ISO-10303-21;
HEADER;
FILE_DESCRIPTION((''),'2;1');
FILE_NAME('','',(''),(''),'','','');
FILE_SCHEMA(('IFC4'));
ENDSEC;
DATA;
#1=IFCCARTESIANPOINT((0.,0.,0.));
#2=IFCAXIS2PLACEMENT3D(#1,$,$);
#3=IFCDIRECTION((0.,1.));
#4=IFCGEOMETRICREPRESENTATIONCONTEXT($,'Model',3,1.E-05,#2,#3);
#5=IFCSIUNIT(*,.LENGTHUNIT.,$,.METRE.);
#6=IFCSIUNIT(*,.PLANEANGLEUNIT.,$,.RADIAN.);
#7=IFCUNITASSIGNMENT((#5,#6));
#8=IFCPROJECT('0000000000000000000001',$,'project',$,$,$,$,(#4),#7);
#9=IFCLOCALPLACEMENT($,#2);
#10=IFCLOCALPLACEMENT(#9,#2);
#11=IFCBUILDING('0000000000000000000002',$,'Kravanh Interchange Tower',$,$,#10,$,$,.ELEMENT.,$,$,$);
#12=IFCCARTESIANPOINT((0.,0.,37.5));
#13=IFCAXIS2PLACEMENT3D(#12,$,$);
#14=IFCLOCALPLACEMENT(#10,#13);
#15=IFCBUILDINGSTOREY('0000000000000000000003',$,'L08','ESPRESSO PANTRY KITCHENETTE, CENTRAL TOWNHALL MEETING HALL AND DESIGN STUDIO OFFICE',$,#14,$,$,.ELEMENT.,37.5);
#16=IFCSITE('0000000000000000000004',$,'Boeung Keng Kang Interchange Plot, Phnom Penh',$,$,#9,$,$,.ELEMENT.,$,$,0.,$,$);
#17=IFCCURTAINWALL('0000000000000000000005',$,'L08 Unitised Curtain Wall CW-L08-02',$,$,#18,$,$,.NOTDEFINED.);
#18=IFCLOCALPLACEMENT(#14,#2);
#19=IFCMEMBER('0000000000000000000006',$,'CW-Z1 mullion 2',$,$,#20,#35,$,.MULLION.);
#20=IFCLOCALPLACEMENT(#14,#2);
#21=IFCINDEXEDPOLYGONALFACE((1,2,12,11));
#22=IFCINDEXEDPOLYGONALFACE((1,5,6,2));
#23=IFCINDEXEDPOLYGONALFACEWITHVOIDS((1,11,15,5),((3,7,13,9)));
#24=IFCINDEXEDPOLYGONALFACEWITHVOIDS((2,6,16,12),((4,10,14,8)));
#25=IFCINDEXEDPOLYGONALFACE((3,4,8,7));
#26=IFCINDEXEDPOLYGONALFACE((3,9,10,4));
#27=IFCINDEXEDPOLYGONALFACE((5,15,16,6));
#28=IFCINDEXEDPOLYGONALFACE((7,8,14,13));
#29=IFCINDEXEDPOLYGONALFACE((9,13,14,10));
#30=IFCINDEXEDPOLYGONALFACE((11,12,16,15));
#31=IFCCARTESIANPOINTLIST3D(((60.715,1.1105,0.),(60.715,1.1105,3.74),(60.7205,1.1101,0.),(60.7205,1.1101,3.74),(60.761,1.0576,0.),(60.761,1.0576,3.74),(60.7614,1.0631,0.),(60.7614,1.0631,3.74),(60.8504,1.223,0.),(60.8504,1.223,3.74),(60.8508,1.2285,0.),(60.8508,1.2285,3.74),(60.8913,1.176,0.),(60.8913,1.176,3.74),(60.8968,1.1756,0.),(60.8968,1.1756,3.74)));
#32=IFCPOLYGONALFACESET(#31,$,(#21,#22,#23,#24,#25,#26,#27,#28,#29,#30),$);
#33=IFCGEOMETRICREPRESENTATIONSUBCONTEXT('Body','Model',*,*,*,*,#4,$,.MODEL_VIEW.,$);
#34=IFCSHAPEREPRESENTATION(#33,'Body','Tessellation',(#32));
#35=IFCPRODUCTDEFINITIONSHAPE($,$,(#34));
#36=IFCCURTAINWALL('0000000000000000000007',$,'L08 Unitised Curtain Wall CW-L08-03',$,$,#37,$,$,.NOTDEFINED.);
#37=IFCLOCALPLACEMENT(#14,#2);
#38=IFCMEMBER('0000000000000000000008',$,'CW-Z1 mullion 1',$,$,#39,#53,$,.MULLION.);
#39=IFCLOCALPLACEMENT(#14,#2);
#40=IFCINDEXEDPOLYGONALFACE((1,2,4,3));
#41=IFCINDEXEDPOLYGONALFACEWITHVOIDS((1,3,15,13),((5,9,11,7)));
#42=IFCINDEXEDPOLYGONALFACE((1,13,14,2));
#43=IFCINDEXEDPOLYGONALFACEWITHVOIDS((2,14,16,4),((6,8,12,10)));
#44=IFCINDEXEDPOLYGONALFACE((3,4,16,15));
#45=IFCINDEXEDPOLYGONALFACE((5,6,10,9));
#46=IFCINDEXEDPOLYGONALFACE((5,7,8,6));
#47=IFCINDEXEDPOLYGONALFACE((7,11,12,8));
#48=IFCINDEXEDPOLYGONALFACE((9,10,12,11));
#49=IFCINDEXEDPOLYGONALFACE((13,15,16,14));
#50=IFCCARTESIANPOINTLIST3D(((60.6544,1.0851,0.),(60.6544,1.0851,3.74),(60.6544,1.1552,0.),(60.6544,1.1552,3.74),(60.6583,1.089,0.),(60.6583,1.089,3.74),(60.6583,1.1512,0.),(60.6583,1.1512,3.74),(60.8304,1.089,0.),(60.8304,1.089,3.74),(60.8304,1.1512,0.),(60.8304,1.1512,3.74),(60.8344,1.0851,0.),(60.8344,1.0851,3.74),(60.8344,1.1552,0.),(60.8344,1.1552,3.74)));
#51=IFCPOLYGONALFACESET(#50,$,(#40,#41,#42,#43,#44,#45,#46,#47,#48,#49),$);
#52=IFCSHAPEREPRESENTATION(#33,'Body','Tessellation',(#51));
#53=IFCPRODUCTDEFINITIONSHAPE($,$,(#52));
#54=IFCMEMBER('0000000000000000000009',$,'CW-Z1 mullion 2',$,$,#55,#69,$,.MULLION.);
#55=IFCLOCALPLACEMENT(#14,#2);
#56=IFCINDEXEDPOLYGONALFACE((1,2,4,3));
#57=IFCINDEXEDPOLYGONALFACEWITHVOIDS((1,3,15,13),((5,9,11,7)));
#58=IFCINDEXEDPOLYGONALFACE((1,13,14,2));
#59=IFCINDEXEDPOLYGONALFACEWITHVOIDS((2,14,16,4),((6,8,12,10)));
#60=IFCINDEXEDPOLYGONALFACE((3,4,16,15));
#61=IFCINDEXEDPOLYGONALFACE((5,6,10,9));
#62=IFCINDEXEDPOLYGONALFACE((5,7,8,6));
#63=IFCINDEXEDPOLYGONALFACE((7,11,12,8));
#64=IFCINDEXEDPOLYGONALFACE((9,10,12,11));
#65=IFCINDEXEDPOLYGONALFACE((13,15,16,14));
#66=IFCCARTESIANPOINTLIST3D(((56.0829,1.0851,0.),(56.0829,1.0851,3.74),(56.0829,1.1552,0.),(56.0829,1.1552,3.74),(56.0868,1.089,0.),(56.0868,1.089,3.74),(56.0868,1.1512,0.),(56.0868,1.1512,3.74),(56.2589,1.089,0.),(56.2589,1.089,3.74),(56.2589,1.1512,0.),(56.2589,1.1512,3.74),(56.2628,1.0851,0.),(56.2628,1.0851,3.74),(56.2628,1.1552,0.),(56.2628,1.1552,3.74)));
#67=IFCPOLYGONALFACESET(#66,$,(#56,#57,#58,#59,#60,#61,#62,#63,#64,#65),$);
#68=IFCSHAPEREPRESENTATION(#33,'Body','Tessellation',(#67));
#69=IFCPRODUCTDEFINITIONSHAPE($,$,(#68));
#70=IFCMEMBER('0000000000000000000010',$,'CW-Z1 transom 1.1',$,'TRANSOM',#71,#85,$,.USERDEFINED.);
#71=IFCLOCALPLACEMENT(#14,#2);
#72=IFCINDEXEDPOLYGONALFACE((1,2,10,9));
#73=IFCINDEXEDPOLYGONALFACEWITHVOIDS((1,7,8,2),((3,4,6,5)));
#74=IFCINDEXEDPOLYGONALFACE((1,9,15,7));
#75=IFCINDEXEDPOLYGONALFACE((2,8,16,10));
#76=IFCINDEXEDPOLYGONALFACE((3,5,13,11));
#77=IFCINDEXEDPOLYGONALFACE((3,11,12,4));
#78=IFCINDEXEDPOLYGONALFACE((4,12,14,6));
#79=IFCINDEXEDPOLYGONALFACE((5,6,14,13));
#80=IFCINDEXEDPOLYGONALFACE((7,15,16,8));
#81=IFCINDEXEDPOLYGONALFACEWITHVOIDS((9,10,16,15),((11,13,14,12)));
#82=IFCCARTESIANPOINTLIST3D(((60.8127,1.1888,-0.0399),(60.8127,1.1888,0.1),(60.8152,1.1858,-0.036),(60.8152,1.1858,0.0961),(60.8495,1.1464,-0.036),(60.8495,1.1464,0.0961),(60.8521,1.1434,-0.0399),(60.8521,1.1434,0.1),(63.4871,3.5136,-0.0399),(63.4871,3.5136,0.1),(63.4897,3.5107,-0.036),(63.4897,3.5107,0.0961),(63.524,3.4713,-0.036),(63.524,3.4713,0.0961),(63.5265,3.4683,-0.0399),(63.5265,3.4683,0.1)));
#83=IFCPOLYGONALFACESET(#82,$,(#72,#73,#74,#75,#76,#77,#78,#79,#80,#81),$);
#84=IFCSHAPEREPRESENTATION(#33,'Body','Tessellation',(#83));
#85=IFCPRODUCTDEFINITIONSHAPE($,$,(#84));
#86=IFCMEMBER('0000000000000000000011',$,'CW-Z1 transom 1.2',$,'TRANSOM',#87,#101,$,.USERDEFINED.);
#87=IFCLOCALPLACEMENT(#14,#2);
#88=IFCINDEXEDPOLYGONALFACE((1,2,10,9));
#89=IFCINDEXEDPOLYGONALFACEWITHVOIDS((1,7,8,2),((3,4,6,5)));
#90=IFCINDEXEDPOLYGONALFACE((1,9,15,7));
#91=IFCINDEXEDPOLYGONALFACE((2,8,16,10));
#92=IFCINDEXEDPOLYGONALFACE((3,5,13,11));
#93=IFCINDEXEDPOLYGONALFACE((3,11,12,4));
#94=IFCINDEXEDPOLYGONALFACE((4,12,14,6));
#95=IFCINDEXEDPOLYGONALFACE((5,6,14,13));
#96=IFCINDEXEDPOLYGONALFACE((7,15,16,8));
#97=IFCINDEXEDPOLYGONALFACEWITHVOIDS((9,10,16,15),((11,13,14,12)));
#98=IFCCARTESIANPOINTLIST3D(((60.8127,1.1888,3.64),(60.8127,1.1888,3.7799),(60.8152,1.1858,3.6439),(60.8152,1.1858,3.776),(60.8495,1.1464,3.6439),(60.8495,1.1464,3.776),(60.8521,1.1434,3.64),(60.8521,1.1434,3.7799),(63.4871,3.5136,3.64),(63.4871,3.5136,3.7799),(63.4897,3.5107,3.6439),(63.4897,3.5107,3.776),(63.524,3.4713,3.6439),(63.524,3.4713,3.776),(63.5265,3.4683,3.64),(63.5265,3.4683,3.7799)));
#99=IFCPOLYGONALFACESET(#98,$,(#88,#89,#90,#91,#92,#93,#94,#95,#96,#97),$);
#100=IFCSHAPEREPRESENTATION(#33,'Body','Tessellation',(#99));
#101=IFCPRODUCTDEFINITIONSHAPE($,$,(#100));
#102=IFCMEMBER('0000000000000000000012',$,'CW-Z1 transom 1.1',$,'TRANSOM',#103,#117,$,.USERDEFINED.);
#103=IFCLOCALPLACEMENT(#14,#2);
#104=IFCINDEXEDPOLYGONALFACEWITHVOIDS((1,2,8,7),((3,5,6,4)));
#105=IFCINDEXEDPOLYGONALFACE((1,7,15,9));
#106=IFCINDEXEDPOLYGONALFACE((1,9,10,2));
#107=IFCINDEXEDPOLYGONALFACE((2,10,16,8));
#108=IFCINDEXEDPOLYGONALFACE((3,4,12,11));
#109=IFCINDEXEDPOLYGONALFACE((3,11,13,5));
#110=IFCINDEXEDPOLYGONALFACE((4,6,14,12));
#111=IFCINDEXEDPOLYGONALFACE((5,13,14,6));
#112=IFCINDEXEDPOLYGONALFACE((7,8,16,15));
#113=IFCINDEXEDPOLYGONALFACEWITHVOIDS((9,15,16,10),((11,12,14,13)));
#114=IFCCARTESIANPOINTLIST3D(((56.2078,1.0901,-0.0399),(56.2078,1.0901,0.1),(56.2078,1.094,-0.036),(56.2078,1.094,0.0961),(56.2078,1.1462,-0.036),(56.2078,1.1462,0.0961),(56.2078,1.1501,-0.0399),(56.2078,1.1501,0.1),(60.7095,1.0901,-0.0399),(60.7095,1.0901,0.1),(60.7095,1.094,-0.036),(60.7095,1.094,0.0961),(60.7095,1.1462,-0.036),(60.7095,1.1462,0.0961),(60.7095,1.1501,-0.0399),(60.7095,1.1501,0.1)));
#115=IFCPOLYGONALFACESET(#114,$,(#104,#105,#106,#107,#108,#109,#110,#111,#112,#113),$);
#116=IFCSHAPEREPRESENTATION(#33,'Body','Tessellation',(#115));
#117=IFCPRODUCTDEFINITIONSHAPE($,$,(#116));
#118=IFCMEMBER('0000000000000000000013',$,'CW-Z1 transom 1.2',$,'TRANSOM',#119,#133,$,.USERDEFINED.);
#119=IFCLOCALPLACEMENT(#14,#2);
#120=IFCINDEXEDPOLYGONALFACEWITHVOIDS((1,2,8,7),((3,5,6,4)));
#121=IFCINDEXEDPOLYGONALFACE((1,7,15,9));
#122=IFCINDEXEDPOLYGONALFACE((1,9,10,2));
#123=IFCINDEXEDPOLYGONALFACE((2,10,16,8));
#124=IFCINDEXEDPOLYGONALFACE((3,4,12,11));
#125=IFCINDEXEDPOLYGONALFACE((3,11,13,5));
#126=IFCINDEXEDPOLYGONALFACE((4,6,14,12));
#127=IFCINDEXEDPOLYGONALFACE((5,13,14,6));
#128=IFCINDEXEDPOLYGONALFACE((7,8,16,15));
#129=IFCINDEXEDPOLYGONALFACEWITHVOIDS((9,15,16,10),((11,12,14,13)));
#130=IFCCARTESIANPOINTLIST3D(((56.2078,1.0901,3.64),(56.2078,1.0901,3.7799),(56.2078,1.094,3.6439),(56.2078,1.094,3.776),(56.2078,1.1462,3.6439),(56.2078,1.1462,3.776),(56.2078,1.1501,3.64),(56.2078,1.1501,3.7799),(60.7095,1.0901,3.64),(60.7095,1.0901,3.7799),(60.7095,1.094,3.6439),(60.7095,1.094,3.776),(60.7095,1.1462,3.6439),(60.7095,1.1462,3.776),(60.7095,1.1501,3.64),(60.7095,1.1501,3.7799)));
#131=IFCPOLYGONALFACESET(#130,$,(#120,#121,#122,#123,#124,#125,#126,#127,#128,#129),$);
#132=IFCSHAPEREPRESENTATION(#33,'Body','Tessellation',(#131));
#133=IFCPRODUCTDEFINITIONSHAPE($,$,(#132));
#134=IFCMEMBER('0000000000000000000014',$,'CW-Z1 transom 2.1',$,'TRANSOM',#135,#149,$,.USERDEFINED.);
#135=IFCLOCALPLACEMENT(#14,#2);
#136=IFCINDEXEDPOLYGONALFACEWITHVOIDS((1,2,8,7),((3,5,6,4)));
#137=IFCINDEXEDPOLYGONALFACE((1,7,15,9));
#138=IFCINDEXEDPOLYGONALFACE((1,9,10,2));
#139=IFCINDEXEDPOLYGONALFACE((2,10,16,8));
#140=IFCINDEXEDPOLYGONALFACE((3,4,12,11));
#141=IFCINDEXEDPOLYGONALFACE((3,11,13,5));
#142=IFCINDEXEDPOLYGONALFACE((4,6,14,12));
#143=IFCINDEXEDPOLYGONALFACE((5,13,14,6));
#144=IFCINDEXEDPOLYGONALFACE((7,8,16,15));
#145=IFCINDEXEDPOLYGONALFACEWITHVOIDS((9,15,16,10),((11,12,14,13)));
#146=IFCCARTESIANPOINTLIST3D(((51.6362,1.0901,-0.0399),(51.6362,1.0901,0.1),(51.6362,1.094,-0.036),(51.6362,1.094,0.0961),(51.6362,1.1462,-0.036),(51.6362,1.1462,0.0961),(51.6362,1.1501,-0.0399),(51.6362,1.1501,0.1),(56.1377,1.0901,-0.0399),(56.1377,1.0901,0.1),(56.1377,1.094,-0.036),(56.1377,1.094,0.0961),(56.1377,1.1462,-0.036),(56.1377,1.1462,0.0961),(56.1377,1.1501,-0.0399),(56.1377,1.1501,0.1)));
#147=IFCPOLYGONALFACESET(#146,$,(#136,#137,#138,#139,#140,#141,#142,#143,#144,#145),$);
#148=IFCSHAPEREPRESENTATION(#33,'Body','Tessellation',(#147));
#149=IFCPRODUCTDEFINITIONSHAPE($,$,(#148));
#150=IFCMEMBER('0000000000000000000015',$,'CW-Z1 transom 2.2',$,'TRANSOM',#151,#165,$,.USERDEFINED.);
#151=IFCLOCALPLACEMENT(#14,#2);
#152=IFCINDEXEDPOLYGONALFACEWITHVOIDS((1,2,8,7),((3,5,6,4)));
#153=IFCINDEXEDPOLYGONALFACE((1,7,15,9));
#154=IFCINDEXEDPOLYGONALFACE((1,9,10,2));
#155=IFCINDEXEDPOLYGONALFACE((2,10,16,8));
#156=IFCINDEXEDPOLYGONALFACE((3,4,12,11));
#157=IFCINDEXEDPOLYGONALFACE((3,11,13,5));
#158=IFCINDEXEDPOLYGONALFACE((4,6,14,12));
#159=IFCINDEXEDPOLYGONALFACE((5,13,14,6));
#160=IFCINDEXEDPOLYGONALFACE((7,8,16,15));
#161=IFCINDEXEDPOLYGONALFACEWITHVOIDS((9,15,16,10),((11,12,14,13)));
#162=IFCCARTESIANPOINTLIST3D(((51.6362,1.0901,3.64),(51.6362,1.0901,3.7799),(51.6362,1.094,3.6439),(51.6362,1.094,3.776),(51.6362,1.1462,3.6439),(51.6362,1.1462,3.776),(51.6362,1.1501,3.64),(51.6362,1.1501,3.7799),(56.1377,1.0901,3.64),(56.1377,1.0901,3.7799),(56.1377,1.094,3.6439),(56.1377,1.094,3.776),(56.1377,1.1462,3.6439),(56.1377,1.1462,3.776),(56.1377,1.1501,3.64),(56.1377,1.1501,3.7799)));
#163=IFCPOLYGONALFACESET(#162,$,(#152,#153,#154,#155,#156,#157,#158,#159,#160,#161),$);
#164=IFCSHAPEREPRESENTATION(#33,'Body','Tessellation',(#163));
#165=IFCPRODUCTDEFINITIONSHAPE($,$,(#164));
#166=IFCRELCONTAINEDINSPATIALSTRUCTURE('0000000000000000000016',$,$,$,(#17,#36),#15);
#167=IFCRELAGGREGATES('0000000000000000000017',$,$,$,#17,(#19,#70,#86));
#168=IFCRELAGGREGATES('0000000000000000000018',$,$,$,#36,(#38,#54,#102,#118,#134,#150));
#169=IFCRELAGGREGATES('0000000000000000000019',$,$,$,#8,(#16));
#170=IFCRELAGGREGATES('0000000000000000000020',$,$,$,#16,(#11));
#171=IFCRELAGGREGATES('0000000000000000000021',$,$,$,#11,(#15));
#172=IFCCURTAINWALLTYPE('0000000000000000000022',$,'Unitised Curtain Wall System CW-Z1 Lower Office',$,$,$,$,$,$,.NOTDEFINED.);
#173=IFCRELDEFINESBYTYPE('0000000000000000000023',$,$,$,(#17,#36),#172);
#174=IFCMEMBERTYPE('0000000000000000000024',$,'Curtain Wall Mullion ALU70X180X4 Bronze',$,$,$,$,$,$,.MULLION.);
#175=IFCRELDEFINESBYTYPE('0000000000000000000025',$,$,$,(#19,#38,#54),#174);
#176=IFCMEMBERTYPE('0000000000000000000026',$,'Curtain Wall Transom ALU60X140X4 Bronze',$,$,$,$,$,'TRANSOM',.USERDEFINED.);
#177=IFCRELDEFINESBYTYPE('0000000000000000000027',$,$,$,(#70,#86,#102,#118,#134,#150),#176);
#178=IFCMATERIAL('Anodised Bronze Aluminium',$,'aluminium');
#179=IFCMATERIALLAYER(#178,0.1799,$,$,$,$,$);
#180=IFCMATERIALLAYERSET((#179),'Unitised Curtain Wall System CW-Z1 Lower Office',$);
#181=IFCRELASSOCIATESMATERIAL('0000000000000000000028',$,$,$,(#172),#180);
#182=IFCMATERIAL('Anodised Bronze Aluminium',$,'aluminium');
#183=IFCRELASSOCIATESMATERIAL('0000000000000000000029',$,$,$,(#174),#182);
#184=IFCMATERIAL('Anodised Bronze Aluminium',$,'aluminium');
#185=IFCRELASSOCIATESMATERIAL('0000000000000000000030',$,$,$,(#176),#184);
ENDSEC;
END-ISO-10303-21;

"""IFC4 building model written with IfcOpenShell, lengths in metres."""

from ifc_helpers import new_model, si_unit, direction, frame, origin, origin_2d, place, context, subcontext, project, spatial, hollow_rectangle, extrude, material, layer, layer_set, material_profile, profile_set, type_object, element, aggregate, save


model = new_model("IFC4")

# Units and contexts
model_context = context("Model", 3, precision=1e-05, world=origin(), true_north=direction((0.0, 1.0)))
body_context = subcontext(model_context, "Body", "Model", "MODEL_VIEW")
ifc_project = project(units=[si_unit("LENGTHUNIT", "METRE"), si_unit("PLANEANGLEUNIT", "RADIAN")], contexts=[model_context])

# Site, building, storey
site_placement = place(None, origin())
site = spatial("IfcSite", under=ifc_project, at=site_placement, Name="Boeung Keng Kang Interchange Plot, Phnom Penh", CompositionType="ELEMENT", RefElevation=0.0)
building_placement = place(site_placement, origin())
building = spatial("IfcBuilding", under=site, at=building_placement, Name="Kravanh Interchange Tower", CompositionType="ELEMENT")
storey_placement = place(building_placement, frame((0.0, 0.0, 37.5)))
storey = spatial("IfcBuildingStorey", under=building, at=storey_placement, Name="L08", Description="ESPRESSO PANTRY KITCHENETTE, CENTRAL TOWNHALL MEETING HALL AND DESIGN STUDIO OFFICE", CompositionType="ELEMENT", Elevation=37.5)

# Curtain walls, members
ifc_material_1 = material(Name="Anodised Bronze Aluminium", Category="aluminium")
ifc_layer_1 = layer(ifc_material_1, 0.1799)
ifc_layer_set_1 = layer_set([ifc_layer_1], Name="Unitised Curtain Wall System CW-Z1 Lower Office")
curtain_wall_type = type_object("IfcCurtainWallType", Name="Unitised Curtain Wall System CW-Z1 Lower Office", PredefinedType="NOTDEFINED", material=ifc_layer_set_1)
curtain_wall_1_placement = place(storey_placement, origin())
curtain_wall_1 = element("IfcCurtainWall", 1, at=curtain_wall_1_placement, inside=storey, type_object=curtain_wall_type, Name="L08 Unitised Curtain Wall CW-L08-02", PredefinedType="NOTDEFINED")
ifc_material_2 = material(Name="Anodised Bronze Aluminium", Category="aluminium")
ifc_material_profile_1 = material_profile(ifc_material_2, hollow_rectangle(XDim=0.0701, YDim=0.1799, WallThickness=0.0039, at=origin_2d()), Name="ALU70X180X4")
ifc_profile_set_1 = profile_set([ifc_material_profile_1], Name="Anodised Bronze Aluminium")
member_type_1 = type_object("IfcMemberType", Name="Curtain Wall Mullion ALU70X180X4 Bronze", PredefinedType="MULLION", material=ifc_profile_set_1)
member_1_placement = place(storey_placement, frame((60.8059, 1.1431, 0.0), z_axis=(0.0, 0.0, 1.0), x_axis=(0.65606, -0.754708, 0.0)))
member_1 = element("IfcMember", 2, at=member_1_placement, type_object=member_type_1, Name="CW-Z1 mullion 2", PredefinedType="MULLION", context=body_context, shape_type="SweptSolid", body=[
    extrude(hollow_rectangle(XDim=0.0701, YDim=0.1799, WallThickness=0.0039, at=origin_2d()), origin(), (0.0, 0.0, 1.0), 3.74),
])
curtain_wall_2_placement = place(storey_placement, origin())
curtain_wall_2 = element("IfcCurtainWall", 3, at=curtain_wall_2_placement, inside=storey, type_object=curtain_wall_type, Name="L08 Unitised Curtain Wall CW-L08-03", PredefinedType="NOTDEFINED")
member_2_placement = place(storey_placement, frame((60.7444, 1.1201, 0.0), z_axis=(0.0, 0.0, 1.0), x_axis=(0.0, -1.0, 0.0)))
member_2 = element("IfcMember", 4, at=member_2_placement, type_object=member_type_1, Name="CW-Z1 mullion 1", PredefinedType="MULLION", context=body_context, shape_type="SweptSolid", body=[
    extrude(hollow_rectangle(XDim=0.0701, YDim=0.1799, WallThickness=0.0039, at=origin_2d()), origin(), (0.0, 0.0, 1.0), 3.74),
])
member_3_placement = place(storey_placement, frame((56.1729, 1.1201, 0.0), z_axis=(0.0, 0.0, 1.0), x_axis=(0.0, -1.0, 0.0)))
member_3 = element("IfcMember", 5, at=member_3_placement, type_object=member_type_1, Name="CW-Z1 mullion 2", PredefinedType="MULLION", context=body_context, shape_type="SweptSolid", body=[
    extrude(hollow_rectangle(XDim=0.0701, YDim=0.1799, WallThickness=0.0039, at=origin_2d()), origin(), (0.0, 0.0, 1.0), 3.74),
])

# Members
ifc_material_3 = material(Name="Anodised Bronze Aluminium", Category="aluminium")
ifc_material_profile_2 = material_profile(ifc_material_3, hollow_rectangle(XDim=0.0601, YDim=0.1399, WallThickness=0.0039, at=origin_2d()), Name="ALU60X140X4")
ifc_profile_set_2 = profile_set([ifc_material_profile_2], Name="Anodised Bronze Aluminium")
member_type_2 = type_object("IfcMemberType", Name="Curtain Wall Transom ALU60X140X4 Bronze", ElementType="TRANSOM", PredefinedType="USERDEFINED", material=ifc_profile_set_2)
member_4_placement = place(storey_placement, frame((63.5068, 3.491, 0.03), z_axis=(-0.754711, -0.656058, 0.0), x_axis=(0.656058, -0.754711, 0.0)))
member_4 = element("IfcMember", 6, at=member_4_placement, type_object=member_type_2, Name="CW-Z1 transom 1.1", ObjectType="TRANSOM", PredefinedType="USERDEFINED", context=body_context, shape_type="SweptSolid", body=[
    extrude(hollow_rectangle(XDim=0.0601, YDim=0.1399, WallThickness=0.0039, at=origin_2d()), origin(), (0.0, 0.0, 1.0), 3.5437),
])
member_5_placement = place(storey_placement, frame((63.5068, 3.491, 3.71), z_axis=(-0.754711, -0.656058, 0.0), x_axis=(0.656058, -0.754711, 0.0)))
member_5 = element("IfcMember", 7, at=member_5_placement, type_object=member_type_2, Name="CW-Z1 transom 1.2", ObjectType="TRANSOM", PredefinedType="USERDEFINED", context=body_context, shape_type="SweptSolid", body=[
    extrude(hollow_rectangle(XDim=0.0601, YDim=0.1399, WallThickness=0.0039, at=origin_2d()), origin(), (0.0, 0.0, 1.0), 3.5437),
])
member_6_placement = place(storey_placement, frame((60.7095, 1.1201, 0.03), z_axis=(-1.0, 0.0, 0.0), x_axis=(0.0, -1.0, 0.0)))
member_6 = element("IfcMember", 8, at=member_6_placement, type_object=member_type_2, Name="CW-Z1 transom 1.1", ObjectType="TRANSOM", PredefinedType="USERDEFINED", context=body_context, shape_type="SweptSolid", body=[
    extrude(hollow_rectangle(XDim=0.0601, YDim=0.1399, WallThickness=0.0039, at=origin_2d()), origin(), (0.0, 0.0, 1.0), 4.5017),
])
member_7_placement = place(storey_placement, frame((60.7095, 1.1201, 3.71), z_axis=(-1.0, 0.0, 0.0), x_axis=(0.0, -1.0, 0.0)))
member_7 = element("IfcMember", 9, at=member_7_placement, type_object=member_type_2, Name="CW-Z1 transom 1.2", ObjectType="TRANSOM", PredefinedType="USERDEFINED", context=body_context, shape_type="SweptSolid", body=[
    extrude(hollow_rectangle(XDim=0.0601, YDim=0.1399, WallThickness=0.0039, at=origin_2d()), origin(), (0.0, 0.0, 1.0), 4.5017),
])
member_8_placement = place(storey_placement, frame((56.1377, 1.1201, 0.03), z_axis=(-1.0, 0.0, 0.0), x_axis=(0.0, -1.0, 0.0)))
member_8 = element("IfcMember", 10, at=member_8_placement, type_object=member_type_2, Name="CW-Z1 transom 2.1", ObjectType="TRANSOM", PredefinedType="USERDEFINED", context=body_context, shape_type="SweptSolid", body=[
    extrude(hollow_rectangle(XDim=0.0601, YDim=0.1399, WallThickness=0.0039, at=origin_2d()), origin(), (0.0, 0.0, 1.0), 4.5015),
])
member_9_placement = place(storey_placement, frame((56.1377, 1.1201, 3.71), z_axis=(-1.0, 0.0, 0.0), x_axis=(0.0, -1.0, 0.0)))
member_9 = element("IfcMember", 11, at=member_9_placement, type_object=member_type_2, Name="CW-Z1 transom 2.2", ObjectType="TRANSOM", PredefinedType="USERDEFINED", context=body_context, shape_type="SweptSolid", body=[
    extrude(hollow_rectangle(XDim=0.0601, YDim=0.1399, WallThickness=0.0039, at=origin_2d()), origin(), (0.0, 0.0, 1.0), 4.5015),
])

aggregate(curtain_wall_1, [member_1, member_4, member_5])
aggregate(curtain_wall_2, [member_2, member_3, member_6, member_7, member_8, member_9])

save(model, "model.ifc")
